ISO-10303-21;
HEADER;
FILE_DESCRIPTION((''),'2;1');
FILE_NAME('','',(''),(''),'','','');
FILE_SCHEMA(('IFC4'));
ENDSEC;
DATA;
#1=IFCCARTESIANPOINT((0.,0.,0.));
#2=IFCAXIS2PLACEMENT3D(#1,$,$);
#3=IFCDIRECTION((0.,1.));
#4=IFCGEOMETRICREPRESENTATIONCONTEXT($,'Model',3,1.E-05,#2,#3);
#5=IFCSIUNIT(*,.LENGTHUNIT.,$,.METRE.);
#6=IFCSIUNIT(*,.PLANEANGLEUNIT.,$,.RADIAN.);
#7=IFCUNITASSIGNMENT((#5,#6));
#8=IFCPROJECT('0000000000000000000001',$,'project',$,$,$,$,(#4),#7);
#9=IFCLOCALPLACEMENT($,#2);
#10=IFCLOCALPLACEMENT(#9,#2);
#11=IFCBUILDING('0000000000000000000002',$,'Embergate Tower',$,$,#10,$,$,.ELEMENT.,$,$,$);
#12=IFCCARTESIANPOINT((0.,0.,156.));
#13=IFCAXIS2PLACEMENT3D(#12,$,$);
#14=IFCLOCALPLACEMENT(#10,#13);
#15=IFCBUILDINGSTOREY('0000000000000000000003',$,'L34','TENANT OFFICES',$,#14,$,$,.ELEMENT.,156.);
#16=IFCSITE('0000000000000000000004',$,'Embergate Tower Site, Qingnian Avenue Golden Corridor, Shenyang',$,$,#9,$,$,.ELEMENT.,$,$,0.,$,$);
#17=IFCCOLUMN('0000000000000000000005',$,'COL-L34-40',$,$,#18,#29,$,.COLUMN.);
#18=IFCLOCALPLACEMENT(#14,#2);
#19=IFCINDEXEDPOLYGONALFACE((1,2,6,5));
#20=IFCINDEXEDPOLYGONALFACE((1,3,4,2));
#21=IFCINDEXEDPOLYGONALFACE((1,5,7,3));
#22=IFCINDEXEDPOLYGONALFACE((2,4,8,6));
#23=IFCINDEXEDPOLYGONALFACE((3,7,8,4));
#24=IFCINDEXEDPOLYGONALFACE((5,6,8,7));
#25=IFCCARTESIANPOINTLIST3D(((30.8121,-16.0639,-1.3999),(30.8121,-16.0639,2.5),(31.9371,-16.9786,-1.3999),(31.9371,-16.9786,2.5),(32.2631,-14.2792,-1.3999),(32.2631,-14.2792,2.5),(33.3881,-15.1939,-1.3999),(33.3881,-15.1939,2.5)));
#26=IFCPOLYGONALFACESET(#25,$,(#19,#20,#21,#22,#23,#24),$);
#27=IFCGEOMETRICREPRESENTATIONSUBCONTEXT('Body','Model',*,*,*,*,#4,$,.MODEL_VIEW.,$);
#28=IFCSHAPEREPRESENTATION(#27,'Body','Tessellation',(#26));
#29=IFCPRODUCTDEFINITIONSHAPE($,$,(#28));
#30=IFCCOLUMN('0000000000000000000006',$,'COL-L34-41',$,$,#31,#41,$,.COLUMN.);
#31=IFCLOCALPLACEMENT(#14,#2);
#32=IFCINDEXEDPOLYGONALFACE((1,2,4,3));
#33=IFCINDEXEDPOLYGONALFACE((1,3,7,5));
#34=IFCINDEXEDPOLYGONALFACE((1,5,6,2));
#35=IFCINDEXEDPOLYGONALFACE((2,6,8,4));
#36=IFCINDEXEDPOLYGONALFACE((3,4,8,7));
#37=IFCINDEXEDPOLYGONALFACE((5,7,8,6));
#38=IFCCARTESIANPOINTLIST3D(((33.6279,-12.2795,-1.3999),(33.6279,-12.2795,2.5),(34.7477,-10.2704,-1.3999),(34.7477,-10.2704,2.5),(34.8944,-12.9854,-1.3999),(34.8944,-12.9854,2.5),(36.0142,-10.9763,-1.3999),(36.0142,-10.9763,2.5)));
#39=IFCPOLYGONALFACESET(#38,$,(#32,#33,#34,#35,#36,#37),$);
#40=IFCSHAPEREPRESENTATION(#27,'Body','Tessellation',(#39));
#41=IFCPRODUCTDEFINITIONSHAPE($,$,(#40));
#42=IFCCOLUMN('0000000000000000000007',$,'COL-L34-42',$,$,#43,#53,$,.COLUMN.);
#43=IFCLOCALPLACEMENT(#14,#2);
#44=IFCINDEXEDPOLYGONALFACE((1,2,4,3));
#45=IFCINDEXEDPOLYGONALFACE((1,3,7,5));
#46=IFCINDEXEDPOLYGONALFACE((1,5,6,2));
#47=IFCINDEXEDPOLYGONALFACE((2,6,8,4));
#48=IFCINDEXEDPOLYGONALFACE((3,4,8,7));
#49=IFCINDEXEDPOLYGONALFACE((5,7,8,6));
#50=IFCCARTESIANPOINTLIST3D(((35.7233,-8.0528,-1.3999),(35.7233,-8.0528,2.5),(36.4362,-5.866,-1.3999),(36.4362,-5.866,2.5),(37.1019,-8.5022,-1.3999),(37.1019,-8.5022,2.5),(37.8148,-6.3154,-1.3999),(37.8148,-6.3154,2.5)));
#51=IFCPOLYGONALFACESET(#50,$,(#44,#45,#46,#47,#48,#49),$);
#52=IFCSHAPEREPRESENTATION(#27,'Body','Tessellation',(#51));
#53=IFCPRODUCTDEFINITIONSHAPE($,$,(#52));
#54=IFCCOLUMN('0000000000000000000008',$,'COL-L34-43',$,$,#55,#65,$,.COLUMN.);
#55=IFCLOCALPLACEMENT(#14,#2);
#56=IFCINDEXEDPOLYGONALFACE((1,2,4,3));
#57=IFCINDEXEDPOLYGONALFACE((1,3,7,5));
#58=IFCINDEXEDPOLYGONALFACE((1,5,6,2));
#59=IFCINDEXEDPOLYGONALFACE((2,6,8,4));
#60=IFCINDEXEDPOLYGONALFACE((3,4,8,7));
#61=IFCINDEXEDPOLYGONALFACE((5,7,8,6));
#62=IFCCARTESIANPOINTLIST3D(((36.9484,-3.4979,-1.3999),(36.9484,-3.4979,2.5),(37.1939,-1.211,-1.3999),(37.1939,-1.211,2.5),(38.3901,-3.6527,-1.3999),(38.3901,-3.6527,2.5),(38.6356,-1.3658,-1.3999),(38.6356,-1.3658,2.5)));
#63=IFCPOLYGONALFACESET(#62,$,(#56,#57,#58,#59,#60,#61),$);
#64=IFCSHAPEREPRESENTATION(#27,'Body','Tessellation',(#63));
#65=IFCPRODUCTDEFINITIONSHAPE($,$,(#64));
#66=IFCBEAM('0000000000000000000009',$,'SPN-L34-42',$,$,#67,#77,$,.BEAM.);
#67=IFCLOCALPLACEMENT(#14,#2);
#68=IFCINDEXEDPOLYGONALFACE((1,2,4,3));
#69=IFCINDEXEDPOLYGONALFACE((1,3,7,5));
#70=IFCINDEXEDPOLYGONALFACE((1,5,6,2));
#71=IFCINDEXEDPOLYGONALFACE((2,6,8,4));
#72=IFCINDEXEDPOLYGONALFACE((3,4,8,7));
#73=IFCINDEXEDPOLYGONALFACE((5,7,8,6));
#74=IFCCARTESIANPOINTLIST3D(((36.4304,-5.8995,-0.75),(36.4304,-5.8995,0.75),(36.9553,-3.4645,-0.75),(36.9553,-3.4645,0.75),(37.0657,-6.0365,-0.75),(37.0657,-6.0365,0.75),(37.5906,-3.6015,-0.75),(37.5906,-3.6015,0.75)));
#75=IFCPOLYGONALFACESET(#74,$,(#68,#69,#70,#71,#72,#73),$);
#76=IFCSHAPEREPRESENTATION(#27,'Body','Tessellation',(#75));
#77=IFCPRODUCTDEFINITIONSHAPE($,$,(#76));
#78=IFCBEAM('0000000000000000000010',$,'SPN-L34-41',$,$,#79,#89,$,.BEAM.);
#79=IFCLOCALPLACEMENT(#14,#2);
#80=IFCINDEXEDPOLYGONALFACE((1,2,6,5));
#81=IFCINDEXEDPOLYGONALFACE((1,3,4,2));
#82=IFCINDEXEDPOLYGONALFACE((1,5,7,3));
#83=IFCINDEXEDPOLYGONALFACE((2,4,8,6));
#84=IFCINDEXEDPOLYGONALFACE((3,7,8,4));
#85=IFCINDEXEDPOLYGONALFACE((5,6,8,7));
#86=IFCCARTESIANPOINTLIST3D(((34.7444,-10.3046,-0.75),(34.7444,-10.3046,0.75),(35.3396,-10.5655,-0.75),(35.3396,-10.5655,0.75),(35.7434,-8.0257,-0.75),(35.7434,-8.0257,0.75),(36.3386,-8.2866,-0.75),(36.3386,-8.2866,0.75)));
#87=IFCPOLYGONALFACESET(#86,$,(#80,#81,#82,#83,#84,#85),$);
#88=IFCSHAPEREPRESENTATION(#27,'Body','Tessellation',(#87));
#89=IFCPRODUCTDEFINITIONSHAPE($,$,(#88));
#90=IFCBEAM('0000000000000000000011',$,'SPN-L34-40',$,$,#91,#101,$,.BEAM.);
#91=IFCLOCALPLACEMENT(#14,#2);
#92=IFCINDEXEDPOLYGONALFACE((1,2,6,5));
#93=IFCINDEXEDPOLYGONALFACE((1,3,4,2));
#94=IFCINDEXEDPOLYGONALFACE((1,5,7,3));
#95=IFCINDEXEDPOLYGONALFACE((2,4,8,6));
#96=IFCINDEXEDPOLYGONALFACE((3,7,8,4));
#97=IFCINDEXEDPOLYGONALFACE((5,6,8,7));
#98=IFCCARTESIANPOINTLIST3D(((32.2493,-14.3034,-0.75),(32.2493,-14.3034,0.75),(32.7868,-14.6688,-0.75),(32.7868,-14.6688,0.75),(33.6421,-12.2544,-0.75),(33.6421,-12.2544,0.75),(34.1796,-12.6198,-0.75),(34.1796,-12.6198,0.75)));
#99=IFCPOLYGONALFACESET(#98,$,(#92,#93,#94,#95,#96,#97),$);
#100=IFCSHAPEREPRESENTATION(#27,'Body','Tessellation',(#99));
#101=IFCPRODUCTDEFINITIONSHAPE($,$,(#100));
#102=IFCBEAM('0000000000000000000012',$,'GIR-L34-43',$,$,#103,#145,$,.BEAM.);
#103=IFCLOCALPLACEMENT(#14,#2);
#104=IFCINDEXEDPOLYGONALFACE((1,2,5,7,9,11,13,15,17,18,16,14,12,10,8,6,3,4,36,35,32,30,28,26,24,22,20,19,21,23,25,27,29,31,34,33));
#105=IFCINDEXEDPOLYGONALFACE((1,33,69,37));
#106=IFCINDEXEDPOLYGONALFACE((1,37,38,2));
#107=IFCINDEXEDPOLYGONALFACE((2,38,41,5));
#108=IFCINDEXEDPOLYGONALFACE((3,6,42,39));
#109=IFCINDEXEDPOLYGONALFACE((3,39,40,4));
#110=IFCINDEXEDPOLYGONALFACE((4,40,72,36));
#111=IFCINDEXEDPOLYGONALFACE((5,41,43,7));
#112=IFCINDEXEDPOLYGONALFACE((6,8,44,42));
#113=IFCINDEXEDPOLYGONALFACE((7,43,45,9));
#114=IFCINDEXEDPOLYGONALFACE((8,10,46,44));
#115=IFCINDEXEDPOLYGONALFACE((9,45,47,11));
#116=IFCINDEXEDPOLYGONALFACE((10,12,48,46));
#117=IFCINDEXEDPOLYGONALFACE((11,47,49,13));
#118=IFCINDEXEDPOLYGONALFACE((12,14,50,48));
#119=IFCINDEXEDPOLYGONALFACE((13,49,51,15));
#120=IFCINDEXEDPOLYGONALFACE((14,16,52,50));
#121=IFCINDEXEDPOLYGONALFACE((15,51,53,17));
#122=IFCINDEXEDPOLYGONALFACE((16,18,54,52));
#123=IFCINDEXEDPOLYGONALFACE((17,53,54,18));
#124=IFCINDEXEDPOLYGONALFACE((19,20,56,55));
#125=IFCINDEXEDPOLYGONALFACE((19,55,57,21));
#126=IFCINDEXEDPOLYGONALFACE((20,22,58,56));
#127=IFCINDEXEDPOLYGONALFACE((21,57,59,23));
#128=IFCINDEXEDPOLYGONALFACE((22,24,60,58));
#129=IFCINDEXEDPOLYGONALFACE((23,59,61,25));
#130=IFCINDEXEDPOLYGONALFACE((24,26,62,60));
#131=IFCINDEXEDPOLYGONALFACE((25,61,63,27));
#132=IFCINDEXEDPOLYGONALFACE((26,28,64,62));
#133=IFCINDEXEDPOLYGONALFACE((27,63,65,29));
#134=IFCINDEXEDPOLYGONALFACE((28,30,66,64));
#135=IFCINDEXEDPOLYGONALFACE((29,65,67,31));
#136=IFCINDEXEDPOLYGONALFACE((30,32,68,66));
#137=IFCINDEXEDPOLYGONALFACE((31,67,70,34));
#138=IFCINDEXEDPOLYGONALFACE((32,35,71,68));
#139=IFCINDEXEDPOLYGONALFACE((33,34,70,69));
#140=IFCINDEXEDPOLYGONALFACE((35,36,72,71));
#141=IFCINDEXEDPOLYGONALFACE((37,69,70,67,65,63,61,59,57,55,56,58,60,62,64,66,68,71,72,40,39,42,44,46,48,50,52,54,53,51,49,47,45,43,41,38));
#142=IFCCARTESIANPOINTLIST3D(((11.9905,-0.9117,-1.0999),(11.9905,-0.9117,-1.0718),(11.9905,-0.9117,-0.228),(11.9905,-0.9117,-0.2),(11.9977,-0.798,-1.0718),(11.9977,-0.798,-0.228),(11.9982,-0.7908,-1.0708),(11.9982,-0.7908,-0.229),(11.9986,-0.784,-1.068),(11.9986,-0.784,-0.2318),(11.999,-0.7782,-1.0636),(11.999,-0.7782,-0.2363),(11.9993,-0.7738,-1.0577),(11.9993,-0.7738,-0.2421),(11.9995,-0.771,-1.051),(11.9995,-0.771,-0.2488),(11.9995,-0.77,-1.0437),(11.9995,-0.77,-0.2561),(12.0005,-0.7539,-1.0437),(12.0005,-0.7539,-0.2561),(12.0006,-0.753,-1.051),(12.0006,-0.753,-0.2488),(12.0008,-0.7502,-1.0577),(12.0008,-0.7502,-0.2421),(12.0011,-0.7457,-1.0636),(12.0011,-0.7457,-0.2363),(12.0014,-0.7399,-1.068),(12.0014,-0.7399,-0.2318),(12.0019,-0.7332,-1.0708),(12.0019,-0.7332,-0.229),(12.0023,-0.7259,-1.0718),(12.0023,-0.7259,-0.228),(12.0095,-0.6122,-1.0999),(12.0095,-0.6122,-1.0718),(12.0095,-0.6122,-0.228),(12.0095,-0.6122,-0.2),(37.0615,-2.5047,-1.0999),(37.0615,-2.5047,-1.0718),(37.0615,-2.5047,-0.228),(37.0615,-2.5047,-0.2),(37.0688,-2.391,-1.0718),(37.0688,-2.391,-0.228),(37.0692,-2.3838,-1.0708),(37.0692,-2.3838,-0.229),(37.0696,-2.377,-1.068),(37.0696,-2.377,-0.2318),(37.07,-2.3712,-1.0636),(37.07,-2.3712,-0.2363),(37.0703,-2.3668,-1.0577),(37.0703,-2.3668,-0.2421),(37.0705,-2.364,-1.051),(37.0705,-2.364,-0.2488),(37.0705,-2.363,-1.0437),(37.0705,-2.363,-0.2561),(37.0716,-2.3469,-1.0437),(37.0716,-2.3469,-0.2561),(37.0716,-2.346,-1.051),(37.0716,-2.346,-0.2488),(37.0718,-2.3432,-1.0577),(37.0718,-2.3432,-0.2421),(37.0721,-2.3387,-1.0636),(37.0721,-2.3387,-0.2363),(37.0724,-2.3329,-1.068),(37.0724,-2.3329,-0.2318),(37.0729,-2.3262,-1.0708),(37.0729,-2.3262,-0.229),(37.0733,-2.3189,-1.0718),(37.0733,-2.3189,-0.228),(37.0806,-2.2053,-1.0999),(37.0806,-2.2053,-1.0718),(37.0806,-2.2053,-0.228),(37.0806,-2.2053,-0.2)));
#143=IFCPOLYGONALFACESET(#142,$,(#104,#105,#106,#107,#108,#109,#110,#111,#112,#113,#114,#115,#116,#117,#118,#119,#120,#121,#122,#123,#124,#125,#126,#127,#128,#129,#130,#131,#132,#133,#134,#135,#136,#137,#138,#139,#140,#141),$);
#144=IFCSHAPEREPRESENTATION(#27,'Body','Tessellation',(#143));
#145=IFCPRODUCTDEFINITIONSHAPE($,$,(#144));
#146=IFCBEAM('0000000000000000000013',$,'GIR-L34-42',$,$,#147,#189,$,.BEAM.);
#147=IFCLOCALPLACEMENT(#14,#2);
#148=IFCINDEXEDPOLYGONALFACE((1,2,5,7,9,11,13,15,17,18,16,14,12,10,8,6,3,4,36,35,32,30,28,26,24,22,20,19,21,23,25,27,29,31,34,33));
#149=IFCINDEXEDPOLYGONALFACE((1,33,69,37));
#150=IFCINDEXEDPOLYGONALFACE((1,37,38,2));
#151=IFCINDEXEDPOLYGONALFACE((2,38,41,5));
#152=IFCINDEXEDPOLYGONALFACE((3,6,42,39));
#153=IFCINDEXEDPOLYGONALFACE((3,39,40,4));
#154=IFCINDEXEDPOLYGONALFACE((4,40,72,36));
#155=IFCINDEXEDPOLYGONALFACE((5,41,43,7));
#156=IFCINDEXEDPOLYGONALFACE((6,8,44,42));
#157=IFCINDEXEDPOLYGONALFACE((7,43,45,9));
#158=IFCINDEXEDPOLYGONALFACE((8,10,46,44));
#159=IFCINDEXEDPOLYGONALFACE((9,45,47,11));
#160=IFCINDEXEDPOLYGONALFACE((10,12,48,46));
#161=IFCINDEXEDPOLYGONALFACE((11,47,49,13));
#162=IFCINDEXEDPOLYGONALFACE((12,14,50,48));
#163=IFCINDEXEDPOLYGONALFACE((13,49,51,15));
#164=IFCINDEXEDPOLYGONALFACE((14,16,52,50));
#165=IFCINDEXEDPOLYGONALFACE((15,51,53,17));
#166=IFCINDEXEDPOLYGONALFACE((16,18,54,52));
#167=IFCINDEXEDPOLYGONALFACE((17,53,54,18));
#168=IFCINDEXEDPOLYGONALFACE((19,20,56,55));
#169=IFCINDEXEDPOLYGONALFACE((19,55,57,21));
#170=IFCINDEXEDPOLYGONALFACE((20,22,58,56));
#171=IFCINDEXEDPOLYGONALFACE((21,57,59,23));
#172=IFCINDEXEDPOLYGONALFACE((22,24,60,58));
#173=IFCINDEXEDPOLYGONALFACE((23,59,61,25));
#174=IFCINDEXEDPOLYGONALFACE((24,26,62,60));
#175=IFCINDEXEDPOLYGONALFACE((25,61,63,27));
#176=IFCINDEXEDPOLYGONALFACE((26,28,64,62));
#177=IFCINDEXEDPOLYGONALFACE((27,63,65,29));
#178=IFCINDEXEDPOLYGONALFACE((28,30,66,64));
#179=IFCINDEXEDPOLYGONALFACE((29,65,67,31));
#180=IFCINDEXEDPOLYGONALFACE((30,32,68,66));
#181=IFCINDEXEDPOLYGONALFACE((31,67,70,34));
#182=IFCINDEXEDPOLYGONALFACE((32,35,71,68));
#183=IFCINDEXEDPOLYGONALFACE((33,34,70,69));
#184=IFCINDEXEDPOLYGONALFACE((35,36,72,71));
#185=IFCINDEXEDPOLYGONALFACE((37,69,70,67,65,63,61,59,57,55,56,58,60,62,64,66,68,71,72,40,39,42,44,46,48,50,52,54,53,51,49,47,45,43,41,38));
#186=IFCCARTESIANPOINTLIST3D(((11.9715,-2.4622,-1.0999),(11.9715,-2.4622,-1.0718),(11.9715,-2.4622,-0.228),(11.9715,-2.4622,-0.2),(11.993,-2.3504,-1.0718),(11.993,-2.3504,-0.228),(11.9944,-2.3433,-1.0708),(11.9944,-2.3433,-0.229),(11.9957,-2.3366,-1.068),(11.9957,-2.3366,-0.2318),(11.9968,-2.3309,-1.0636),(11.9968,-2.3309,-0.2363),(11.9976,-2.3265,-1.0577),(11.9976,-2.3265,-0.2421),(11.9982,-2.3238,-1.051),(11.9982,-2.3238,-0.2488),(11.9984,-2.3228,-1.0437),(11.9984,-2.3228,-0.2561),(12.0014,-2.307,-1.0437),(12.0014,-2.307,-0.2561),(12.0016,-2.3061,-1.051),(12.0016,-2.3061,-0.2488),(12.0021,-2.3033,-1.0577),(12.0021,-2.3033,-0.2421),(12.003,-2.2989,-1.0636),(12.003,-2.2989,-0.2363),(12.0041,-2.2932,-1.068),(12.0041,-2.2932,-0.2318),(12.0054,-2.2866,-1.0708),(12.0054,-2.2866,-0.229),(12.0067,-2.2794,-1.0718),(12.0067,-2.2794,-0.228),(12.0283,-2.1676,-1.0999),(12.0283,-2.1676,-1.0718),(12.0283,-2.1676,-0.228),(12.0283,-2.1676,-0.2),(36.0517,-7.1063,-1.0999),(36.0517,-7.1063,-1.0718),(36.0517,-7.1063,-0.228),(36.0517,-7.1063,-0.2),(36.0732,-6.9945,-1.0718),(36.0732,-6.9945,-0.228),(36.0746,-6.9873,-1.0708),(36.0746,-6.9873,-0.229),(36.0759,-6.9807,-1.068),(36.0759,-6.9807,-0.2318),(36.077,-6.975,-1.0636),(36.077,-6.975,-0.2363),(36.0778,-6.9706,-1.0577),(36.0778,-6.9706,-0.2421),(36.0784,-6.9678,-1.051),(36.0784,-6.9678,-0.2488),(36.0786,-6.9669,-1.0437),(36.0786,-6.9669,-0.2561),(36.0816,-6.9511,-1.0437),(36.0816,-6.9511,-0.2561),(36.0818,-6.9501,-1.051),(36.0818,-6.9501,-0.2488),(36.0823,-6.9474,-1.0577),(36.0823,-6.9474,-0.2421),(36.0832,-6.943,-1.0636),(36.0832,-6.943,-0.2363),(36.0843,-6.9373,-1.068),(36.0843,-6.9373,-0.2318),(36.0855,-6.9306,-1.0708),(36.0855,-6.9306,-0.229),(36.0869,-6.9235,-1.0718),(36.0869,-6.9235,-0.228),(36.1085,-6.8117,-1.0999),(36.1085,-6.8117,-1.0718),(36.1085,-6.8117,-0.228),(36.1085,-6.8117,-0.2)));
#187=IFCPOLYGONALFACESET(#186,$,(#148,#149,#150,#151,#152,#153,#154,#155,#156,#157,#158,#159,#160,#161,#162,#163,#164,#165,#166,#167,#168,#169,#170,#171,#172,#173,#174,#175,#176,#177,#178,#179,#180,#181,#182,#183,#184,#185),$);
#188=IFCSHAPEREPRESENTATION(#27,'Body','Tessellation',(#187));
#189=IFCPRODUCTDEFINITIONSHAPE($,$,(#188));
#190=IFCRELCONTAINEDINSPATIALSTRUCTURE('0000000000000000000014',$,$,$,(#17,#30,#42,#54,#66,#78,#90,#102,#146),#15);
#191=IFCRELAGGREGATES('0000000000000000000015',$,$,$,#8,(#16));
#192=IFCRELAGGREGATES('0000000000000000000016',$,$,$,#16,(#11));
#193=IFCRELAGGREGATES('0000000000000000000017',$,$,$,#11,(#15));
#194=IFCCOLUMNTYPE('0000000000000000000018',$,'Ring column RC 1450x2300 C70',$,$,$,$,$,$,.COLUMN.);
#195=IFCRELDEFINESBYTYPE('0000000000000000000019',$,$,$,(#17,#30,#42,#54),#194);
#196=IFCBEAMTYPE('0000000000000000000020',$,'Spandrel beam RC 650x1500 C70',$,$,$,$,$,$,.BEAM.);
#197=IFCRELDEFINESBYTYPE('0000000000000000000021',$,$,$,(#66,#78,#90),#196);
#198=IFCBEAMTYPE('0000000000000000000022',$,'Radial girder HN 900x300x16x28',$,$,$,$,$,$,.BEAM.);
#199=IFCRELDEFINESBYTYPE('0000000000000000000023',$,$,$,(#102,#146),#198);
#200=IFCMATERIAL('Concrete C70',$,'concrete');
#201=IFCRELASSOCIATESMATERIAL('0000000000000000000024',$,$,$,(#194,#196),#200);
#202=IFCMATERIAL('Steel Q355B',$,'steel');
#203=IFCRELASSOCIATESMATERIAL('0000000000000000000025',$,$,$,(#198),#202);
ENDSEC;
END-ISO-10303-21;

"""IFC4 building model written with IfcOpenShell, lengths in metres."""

from ifc_helpers import new_model, si_unit, direction, frame, origin, origin_2d, place, context, subcontext, project, spatial, rectangle, i_section, extrude, source, transform, mapped, material, material_profile, profile_set, type_object, element, save


model = new_model("IFC4")

# Units and contexts
model_context = context("Model", 3, precision=1e-05, world=origin(), true_north=direction((0.0, 1.0)))
body_context = subcontext(model_context, "Body", "Model", "MODEL_VIEW")
ifc_project = project(units=[si_unit("LENGTHUNIT", "METRE"), si_unit("PLANEANGLEUNIT", "RADIAN")], contexts=[model_context])

# Site, building, storey
site_placement = place(None, origin())
site = spatial("IfcSite", under=ifc_project, at=site_placement, Name="Embergate Tower Site, Qingnian Avenue Golden Corridor, Shenyang", CompositionType="ELEMENT", RefElevation=0.0)
building_placement = place(site_placement, origin())
building = spatial("IfcBuilding", under=site, at=building_placement, Name="Embergate Tower", CompositionType="ELEMENT")
storey_placement = place(building_placement, frame((0.0, 0.0, 156.0)))
storey = spatial("IfcBuildingStorey", under=building, at=storey_placement, Name="L34", Description="TENANT OFFICES", CompositionType="ELEMENT", Elevation=156.0)

# Columns
ifc_material_1 = material(Name="Concrete C70", Category="concrete")
ifc_material_profile_1 = material_profile(ifc_material_1, rectangle(XDim=1.45, YDim=2.3, at=origin_2d()), Name="RC 1450x2300")
ifc_profile_set_1 = profile_set([ifc_material_profile_1], Name="Concrete C70")
column_type = type_object("IfcColumnType", Name="Ring column RC 1450x2300 C70", PredefinedType="COLUMN", material=ifc_profile_set_1)
shared_shape_1 = source(origin(), body_context, "Body", "SweptSolid", [
    extrude(rectangle(XDim=1.45, YDim=2.3, at=origin_2d()), origin(), (0.0, 0.0, 1.0), 3.8999),
])
for number, where, z_axis, x_axis, name in (
    (1, (32.1001, -15.6289, -1.3999), (0.0, 0.0, 1.0), (0.775914, -0.630838, 0.0), "COL-L34-40"),
    (2, (34.821, -11.6279, -1.3999), (0.0, 0.0, 1.0), (0.873492, -0.486839, 0.0), "COL-L34-41"),
    (3, (36.769, -7.1841, -1.3999), (0.0, 0.0, 1.0), (0.950754, -0.309946, 0.0), "COL-L34-42"),
    (4, (37.792, -2.4319, -1.3999), (0.0, 0.0, 1.0), (0.994286, -0.10675, 0.0), "COL-L34-43"),
):
    element("IfcColumn", number, at=place(storey_placement, frame(where, z_axis=z_axis, x_axis=x_axis)), inside=storey, type_object=column_type, Name=name, PredefinedType="COLUMN", context=body_context, shape_type="MappedRepresentation", body=[
        mapped(shared_shape_1, transform((0.0, 0.0, 0.0))),
    ])

# Beams
ifc_material_profile_2 = material_profile(ifc_material_1, rectangle(XDim=0.6499, YDim=1.5, at=origin_2d()), Name="RC 650x1500")
ifc_profile_set_2 = profile_set([ifc_material_profile_2], Name="Concrete C70")
beam_type_1 = type_object("IfcBeamType", Name="Spandrel beam RC 650x1500 C70", PredefinedType="BEAM", material=ifc_profile_set_2)
shared_shape_2 = source(origin(), body_context, "Body", "SweptSolid", [
    extrude(rectangle(XDim=0.6499, YDim=1.5, at=origin_2d()), origin(), (0.0, 0.0, 1.0), 2.491),
])
beam_1_placement = place(storey_placement, frame((36.748, -5.968, 0.0), z_axis=(0.21072, 0.977546, 0.0), x_axis=(-0.977546, 0.21072, 0.0)))
element("IfcBeam", 5, at=beam_1_placement, inside=storey, type_object=beam_type_1, Name="SPN-L34-42", PredefinedType="BEAM", context=body_context, shape_type="MappedRepresentation", body=[
    mapped(shared_shape_2, transform((0.0, 0.0, 0.0))),
])
shared_shape_3 = source(origin(), body_context, "Body", "SweptSolid", [
    extrude(rectangle(XDim=0.6499, YDim=1.5, at=origin_2d()), origin(), (0.0, 0.0, 1.0), 2.4883),
])
beam_2_placement = place(storey_placement, frame((35.042, -10.4351, 0.0), z_axis=(0.401472, 0.915871, 0.0), x_axis=(-0.915871, 0.401472, 0.0)))
element("IfcBeam", 6, at=beam_2_placement, inside=storey, type_object=beam_type_1, Name="SPN-L34-41", PredefinedType="BEAM", context=body_context, shape_type="MappedRepresentation", body=[
    mapped(shared_shape_3, transform((0.0, 0.0, 0.0))),
])
shared_shape_4 = source(origin(), body_context, "Body", "SweptSolid", [
    extrude(rectangle(XDim=0.6499, YDim=1.5, at=origin_2d()), origin(), (0.0, 0.0, 1.0), 2.4775),
])
beam_3_placement = place(storey_placement, frame((32.5181, -14.4861, 0.0), z_axis=(0.562159, 0.827029, 0.0), x_axis=(-0.827029, 0.562159, 0.0)))
element("IfcBeam", 7, at=beam_3_placement, inside=storey, type_object=beam_type_1, Name="SPN-L34-40", PredefinedType="BEAM", context=body_context, shape_type="MappedRepresentation", body=[
    mapped(shared_shape_4, transform((0.0, 0.0, 0.0))),
])
ifc_material_2 = material(Name="Steel Q355B", Category="steel")
ifc_material_profile_3 = material_profile(ifc_material_2, i_section(OverallWidth=0.3, OverallDepth=0.8999, WebThickness=0.0161, FlangeThickness=0.0281, FilletRadius=0.0281, at=origin_2d()), Name="HN 900x300x16x28")
ifc_profile_set_3 = profile_set([ifc_material_profile_3], Name="Steel Q355 grade B")
beam_type_2 = type_object("IfcBeamType", Name="Radial girder HN 900x300x16x28", PredefinedType="BEAM", material=ifc_profile_set_3)
shared_shape_5 = source(origin(), body_context, "Body", "SweptSolid", [
    extrude(i_section(OverallWidth=0.3, OverallDepth=0.8999, WebThickness=0.0161, FlangeThickness=0.0281, FilletRadius=0.0281, at=origin_2d()), origin(), (0.0, 0.0, 1.0), 25.1216),
])
beam_4_placement = place(storey_placement, frame((37.071, -2.355, -0.6499), z_axis=(-0.997987, 0.063412, 0.0), x_axis=(-0.063412, -0.997987, 0.0)))
element("IfcBeam", 8, at=beam_4_placement, inside=storey, type_object=beam_type_2, Name="GIR-L34-43", PredefinedType="BEAM", context=body_context, shape_type="MappedRepresentation", body=[
    mapped(shared_shape_5, transform((0.0, 0.0, 0.0))),
])
shared_shape_6 = source(origin(), body_context, "Body", "SweptSolid", [
    extrude(i_section(OverallWidth=0.3, OverallDepth=0.8999, WebThickness=0.0161, FlangeThickness=0.0281, FilletRadius=0.0281, at=origin_2d()), origin(), (0.0, 0.0, 1.0), 24.5239),
])
beam_5_placement = place(storey_placement, frame((36.0801, -6.959, -0.6499), z_axis=(-0.981906, 0.189369, 0.0), x_axis=(-0.189369, -0.981906, 0.0)))
element("IfcBeam", 9, at=beam_5_placement, inside=storey, type_object=beam_type_2, Name="GIR-L34-42", PredefinedType="BEAM", context=body_context, shape_type="MappedRepresentation", body=[
    mapped(shared_shape_6, transform((0.0, 0.0, 0.0))),
])

save(model, "model.ifc")
